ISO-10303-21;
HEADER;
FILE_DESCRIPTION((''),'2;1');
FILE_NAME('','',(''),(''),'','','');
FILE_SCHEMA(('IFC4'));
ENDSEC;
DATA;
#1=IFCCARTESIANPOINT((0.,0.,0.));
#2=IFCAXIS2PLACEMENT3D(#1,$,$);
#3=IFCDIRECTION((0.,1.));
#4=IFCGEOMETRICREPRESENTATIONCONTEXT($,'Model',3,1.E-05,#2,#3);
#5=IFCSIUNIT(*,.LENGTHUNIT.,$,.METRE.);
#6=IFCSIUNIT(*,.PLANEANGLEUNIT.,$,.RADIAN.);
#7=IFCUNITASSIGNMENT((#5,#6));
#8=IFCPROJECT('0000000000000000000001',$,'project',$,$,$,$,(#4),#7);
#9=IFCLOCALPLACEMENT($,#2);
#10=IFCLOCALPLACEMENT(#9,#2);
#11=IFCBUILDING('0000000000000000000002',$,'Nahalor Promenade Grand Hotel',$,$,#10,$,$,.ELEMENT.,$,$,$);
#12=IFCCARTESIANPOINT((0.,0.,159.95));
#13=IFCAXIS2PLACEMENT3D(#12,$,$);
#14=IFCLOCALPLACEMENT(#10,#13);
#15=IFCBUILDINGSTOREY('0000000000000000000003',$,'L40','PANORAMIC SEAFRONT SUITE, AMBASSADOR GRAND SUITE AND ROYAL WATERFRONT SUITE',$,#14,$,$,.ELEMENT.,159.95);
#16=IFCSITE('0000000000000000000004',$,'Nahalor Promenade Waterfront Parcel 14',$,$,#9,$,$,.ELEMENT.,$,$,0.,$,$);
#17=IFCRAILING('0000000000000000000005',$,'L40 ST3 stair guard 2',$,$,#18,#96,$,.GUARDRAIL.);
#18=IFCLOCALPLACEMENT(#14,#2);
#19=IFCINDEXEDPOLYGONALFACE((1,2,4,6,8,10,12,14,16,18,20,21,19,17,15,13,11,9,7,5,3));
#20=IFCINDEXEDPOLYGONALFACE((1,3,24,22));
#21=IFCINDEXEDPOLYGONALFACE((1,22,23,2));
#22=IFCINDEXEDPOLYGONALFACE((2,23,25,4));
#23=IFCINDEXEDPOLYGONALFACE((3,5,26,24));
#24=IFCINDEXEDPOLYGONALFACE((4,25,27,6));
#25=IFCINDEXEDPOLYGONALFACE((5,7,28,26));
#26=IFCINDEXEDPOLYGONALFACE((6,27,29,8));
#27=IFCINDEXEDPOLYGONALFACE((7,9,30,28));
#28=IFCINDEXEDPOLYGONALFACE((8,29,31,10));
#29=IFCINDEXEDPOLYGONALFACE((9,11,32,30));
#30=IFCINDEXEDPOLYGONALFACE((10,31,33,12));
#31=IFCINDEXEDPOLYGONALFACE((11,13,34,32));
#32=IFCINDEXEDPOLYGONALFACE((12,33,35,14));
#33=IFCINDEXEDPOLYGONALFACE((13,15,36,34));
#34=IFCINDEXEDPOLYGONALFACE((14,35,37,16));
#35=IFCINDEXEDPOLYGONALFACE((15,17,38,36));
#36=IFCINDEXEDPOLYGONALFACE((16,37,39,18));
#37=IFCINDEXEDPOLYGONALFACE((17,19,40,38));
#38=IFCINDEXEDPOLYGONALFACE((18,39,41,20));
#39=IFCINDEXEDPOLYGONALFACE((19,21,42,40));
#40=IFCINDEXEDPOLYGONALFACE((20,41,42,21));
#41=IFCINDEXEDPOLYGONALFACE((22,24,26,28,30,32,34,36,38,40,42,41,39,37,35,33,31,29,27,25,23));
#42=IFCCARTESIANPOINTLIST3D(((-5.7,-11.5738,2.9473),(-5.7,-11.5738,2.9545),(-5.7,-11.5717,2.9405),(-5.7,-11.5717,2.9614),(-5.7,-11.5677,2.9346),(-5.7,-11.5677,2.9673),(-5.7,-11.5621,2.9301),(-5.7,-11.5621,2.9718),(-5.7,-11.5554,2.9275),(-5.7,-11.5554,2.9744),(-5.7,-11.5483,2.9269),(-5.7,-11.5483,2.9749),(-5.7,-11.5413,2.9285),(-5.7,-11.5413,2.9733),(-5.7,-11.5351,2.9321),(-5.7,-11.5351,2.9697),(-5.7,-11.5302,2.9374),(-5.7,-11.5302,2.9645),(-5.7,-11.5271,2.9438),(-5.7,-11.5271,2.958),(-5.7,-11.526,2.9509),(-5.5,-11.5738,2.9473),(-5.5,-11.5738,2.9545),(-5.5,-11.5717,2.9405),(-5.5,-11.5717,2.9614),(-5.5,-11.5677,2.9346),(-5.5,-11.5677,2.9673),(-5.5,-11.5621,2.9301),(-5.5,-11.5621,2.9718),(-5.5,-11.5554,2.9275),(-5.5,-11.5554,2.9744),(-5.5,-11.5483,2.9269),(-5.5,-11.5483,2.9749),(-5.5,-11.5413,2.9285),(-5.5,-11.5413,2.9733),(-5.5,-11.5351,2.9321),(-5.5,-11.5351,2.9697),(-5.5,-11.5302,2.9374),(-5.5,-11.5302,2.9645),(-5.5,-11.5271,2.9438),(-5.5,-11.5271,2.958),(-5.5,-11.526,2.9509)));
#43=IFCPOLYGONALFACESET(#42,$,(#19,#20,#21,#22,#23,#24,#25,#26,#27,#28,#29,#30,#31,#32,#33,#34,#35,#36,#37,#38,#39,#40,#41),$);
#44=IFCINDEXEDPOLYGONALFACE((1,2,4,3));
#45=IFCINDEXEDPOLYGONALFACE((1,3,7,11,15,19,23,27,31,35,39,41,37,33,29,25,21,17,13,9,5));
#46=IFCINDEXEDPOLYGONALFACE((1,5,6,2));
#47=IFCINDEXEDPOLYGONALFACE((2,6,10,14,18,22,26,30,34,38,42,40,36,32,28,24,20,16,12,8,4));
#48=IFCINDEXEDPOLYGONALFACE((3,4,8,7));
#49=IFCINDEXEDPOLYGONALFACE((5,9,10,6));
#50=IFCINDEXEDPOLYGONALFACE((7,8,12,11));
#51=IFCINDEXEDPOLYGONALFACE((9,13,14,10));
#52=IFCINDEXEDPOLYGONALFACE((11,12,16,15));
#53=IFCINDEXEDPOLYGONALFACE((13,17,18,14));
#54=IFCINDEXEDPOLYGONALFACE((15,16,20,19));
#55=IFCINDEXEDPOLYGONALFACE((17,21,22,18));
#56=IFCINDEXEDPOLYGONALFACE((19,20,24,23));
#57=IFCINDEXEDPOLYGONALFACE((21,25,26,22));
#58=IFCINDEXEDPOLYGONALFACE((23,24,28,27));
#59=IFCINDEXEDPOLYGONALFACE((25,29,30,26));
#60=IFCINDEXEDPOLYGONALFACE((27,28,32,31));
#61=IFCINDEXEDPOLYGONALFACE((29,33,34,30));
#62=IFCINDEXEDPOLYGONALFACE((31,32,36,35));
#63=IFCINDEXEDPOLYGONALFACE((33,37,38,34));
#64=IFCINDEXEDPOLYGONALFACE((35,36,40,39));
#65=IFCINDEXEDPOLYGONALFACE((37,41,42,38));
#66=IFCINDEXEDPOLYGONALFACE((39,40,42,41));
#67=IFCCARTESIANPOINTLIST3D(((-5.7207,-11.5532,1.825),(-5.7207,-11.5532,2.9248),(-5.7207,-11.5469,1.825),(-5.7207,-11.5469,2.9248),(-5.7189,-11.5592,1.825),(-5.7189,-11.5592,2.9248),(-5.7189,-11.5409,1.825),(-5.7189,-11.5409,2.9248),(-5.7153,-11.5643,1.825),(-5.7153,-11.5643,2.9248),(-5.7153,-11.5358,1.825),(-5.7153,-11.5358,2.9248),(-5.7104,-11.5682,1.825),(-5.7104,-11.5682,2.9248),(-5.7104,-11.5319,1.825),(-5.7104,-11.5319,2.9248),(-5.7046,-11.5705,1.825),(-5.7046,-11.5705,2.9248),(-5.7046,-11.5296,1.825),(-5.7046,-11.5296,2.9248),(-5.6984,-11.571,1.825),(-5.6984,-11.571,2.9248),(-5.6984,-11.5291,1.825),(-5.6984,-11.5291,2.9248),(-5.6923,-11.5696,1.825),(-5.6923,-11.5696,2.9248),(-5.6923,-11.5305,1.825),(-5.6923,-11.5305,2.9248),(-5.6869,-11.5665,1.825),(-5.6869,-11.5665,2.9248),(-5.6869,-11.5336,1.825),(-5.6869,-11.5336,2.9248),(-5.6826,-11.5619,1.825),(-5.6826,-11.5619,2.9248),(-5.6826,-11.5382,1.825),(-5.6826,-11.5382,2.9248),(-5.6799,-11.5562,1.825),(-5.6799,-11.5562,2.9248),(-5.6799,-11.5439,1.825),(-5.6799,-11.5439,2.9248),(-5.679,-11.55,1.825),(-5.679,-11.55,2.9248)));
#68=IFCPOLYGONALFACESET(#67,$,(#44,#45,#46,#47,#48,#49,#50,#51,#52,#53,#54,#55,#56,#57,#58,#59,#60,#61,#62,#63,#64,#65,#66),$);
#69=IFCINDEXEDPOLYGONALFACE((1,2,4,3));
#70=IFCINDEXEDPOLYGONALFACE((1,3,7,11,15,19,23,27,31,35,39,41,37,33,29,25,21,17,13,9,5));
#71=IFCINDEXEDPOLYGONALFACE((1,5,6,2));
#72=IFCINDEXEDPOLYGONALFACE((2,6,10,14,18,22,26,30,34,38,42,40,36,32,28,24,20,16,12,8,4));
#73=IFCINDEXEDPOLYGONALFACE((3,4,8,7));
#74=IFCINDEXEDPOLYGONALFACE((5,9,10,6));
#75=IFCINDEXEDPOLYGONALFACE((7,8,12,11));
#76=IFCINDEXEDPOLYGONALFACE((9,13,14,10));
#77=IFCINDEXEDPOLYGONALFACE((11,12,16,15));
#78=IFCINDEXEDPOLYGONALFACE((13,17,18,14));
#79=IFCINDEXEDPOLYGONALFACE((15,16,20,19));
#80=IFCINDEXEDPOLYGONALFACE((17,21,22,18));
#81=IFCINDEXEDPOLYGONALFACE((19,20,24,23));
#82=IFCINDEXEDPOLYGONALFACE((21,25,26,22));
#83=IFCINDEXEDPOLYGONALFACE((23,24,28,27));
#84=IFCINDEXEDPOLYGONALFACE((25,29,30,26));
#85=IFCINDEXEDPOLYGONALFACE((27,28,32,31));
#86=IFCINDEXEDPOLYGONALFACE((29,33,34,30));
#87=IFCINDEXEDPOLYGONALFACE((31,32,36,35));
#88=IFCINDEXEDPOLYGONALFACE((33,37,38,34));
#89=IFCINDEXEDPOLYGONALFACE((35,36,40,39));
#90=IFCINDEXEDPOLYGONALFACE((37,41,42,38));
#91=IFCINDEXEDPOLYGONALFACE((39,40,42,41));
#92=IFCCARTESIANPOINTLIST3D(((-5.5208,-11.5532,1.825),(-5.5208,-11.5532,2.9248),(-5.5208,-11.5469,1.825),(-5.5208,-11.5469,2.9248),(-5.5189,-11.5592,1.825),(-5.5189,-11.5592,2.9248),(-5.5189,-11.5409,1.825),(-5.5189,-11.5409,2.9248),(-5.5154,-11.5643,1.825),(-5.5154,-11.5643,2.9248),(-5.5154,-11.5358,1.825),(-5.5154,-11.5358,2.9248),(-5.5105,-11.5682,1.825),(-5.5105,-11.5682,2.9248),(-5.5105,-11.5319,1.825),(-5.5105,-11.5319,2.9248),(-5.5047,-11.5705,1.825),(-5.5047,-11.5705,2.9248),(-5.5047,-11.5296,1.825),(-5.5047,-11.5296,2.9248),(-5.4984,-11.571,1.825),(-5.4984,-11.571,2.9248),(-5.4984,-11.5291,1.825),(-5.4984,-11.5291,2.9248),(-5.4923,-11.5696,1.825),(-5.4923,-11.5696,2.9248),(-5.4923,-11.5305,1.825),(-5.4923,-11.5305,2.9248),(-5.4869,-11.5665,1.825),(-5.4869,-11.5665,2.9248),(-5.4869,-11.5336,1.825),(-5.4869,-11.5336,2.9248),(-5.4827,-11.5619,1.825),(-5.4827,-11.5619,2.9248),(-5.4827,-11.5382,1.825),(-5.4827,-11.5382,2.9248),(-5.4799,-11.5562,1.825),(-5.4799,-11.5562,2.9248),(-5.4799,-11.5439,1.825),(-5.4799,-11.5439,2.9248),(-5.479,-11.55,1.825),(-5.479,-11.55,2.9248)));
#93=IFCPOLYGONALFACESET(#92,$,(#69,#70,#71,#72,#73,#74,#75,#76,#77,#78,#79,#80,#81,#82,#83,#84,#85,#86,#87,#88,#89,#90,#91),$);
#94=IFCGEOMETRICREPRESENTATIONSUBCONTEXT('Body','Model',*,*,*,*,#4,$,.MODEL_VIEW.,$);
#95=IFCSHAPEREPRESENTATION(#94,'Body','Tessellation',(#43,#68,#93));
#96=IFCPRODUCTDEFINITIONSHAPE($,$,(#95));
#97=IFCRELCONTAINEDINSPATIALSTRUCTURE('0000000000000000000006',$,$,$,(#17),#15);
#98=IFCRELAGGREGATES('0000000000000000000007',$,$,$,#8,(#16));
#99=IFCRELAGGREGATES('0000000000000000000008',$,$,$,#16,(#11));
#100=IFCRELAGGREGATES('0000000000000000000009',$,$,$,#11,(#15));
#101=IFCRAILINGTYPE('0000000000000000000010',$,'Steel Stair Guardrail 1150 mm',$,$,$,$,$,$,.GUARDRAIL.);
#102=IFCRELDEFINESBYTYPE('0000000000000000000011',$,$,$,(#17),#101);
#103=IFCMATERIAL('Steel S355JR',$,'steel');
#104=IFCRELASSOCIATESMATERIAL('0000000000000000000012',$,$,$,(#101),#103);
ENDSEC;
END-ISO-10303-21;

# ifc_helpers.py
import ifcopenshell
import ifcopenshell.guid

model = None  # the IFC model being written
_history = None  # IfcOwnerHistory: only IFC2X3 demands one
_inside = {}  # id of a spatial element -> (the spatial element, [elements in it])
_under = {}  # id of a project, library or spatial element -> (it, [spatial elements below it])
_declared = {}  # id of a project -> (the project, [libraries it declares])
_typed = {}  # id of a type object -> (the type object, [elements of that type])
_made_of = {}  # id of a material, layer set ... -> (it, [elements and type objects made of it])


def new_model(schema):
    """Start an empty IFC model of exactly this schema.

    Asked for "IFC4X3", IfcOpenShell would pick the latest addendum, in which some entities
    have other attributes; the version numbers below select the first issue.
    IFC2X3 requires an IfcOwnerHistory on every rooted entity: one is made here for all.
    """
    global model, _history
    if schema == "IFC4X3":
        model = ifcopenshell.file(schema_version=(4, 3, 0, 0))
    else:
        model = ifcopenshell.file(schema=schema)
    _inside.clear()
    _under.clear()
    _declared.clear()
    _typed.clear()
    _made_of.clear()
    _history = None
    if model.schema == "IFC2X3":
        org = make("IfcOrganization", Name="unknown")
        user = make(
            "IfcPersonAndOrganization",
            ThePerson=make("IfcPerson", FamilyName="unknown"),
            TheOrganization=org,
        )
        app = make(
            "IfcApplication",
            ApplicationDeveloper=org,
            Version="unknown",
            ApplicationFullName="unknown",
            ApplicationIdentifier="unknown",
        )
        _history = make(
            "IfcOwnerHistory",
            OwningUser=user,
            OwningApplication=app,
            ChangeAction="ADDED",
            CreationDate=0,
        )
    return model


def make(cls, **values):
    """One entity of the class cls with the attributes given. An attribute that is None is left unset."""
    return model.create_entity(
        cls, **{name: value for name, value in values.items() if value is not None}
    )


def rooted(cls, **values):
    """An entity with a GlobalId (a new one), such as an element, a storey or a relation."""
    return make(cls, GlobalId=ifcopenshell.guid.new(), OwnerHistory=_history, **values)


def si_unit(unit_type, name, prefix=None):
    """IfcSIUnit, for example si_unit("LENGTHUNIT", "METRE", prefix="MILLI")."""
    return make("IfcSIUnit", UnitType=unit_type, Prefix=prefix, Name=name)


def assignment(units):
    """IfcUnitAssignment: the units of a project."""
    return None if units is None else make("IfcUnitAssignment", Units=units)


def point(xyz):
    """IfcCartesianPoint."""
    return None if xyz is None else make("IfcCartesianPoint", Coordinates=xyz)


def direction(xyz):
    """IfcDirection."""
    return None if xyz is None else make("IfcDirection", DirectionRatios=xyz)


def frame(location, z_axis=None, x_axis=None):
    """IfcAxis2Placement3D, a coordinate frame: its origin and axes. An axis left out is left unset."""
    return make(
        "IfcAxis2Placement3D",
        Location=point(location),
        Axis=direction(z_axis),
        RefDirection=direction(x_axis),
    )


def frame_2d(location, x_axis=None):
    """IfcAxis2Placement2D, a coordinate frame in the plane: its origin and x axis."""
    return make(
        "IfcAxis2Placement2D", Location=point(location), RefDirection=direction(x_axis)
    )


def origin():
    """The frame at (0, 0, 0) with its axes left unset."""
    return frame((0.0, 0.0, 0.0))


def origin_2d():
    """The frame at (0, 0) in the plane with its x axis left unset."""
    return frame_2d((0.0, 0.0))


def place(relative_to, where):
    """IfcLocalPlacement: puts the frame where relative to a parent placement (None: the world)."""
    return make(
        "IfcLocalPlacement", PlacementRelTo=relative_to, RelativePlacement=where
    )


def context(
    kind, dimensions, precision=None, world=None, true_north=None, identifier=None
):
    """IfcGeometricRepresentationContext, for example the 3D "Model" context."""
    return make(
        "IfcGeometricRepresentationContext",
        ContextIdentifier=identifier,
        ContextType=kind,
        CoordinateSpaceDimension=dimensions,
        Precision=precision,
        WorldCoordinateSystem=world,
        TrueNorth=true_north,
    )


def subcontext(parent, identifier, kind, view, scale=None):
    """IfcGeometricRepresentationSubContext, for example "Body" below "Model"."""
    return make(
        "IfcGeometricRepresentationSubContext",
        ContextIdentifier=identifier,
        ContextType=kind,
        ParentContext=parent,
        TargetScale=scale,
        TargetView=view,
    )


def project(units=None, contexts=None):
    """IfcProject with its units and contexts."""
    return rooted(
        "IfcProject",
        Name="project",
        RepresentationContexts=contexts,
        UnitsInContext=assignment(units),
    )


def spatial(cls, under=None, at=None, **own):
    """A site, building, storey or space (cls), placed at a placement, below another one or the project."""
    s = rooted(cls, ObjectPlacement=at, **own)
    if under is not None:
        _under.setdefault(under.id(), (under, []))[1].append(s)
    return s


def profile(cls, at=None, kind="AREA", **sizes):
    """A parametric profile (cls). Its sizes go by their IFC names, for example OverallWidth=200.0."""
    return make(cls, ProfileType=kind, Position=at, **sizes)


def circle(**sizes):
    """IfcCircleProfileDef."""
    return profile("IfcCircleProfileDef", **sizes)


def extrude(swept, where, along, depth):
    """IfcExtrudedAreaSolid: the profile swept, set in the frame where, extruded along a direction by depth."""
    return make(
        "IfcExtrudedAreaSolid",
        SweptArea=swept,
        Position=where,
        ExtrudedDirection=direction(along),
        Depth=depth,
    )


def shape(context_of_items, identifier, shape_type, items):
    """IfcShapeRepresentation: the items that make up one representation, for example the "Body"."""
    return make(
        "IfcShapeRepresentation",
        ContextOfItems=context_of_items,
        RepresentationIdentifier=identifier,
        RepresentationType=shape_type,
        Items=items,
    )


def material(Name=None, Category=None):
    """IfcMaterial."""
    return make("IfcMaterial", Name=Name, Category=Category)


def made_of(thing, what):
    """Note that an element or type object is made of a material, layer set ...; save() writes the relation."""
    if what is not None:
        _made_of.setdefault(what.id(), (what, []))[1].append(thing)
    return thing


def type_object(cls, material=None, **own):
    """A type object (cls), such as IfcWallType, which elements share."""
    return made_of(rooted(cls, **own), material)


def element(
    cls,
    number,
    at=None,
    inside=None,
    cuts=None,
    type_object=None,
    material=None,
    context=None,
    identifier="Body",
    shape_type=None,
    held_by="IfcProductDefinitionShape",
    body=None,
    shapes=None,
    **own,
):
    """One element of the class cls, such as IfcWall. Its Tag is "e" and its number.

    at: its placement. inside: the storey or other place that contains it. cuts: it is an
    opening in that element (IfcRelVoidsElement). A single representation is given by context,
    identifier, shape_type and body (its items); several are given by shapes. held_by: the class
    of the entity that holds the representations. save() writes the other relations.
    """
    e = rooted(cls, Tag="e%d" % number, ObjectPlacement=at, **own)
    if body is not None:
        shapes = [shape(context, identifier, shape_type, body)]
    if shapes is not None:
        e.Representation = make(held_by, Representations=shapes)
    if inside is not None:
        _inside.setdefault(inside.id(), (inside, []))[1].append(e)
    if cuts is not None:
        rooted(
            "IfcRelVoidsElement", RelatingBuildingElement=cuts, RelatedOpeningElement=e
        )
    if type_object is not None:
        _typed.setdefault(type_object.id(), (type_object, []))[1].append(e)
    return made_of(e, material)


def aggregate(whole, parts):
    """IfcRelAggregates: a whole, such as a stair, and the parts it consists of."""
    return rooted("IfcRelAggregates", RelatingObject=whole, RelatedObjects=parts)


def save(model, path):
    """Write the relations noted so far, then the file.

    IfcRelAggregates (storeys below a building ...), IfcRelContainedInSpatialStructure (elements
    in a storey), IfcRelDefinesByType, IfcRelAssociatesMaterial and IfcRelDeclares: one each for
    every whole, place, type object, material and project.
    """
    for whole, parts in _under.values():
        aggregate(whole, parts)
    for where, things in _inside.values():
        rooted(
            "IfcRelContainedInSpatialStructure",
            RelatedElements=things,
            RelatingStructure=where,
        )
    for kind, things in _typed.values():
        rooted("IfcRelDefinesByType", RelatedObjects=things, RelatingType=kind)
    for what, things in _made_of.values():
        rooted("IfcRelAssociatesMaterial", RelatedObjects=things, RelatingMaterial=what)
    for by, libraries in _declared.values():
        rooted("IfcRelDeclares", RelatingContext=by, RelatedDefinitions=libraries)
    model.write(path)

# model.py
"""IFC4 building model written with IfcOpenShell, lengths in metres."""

from ifc_helpers import new_model, si_unit, direction, frame, origin, origin_2d, place, context, subcontext, project, spatial, circle, extrude, material, type_object, element, save


model = new_model("IFC4")

# Units and contexts
model_context = context("Model", 3, precision=1e-05, world=origin(), true_north=direction((0.0, 1.0)))
body_context = subcontext(model_context, "Body", "Model", "MODEL_VIEW")
ifc_project = project(units=[si_unit("LENGTHUNIT", "METRE"), si_unit("PLANEANGLEUNIT", "RADIAN")], contexts=[model_context])

# Site, building, storey
site_placement = place(None, origin())
site = spatial("IfcSite", under=ifc_project, at=site_placement, Name="Nahalor Promenade Waterfront Parcel 14", CompositionType="ELEMENT", RefElevation=0.0)
building_placement = place(site_placement, origin())
building = spatial("IfcBuilding", under=site, at=building_placement, Name="Nahalor Promenade Grand Hotel", CompositionType="ELEMENT")
storey_placement = place(building_placement, frame((0.0, 0.0, 159.95)))
storey = spatial("IfcBuildingStorey", under=building, at=storey_placement, Name="L40", Description="PANORAMIC SEAFRONT SUITE, AMBASSADOR GRAND SUITE AND ROYAL WATERFRONT SUITE", CompositionType="ELEMENT", Elevation=159.95)

# Shared definitions
ifc_material_1 = material(Name="Steel S355JR", Category="steel")

# Railing
railing_type_1 = type_object("IfcRailingType", Name="Steel Stair Guardrail 1150 mm", PredefinedType="GUARDRAIL", material=ifc_material_1)
railing_1_placement = place(storey_placement, frame((-5.7, -11.55, 1.825)))
element("IfcRailing", 1, at=railing_1_placement, inside=storey, type_object=railing_type_1, Name="L40 ST3 stair guard 2", PredefinedType="GUARDRAIL", context=body_context, shape_type="SweptSolid", body=[
    extrude(circle(Radius=0.024, at=origin_2d()), frame((0.0, 0.0, 1.126), z_axis=(1.0, 0.0, 0.0), x_axis=(0.0, 1.0, 0.0)), (0.0, 0.0, 1.0), 0.2),
    extrude(circle(Radius=0.021, at=origin_2d()), origin(), (0.0, 0.0, 1.0), 1.0999),
    extrude(circle(Radius=0.021, at=origin_2d()), frame((0.2, 0.0, 0.0)), (0.0, 0.0, 1.0), 1.0999),
])

save(model, "model.ifc")
